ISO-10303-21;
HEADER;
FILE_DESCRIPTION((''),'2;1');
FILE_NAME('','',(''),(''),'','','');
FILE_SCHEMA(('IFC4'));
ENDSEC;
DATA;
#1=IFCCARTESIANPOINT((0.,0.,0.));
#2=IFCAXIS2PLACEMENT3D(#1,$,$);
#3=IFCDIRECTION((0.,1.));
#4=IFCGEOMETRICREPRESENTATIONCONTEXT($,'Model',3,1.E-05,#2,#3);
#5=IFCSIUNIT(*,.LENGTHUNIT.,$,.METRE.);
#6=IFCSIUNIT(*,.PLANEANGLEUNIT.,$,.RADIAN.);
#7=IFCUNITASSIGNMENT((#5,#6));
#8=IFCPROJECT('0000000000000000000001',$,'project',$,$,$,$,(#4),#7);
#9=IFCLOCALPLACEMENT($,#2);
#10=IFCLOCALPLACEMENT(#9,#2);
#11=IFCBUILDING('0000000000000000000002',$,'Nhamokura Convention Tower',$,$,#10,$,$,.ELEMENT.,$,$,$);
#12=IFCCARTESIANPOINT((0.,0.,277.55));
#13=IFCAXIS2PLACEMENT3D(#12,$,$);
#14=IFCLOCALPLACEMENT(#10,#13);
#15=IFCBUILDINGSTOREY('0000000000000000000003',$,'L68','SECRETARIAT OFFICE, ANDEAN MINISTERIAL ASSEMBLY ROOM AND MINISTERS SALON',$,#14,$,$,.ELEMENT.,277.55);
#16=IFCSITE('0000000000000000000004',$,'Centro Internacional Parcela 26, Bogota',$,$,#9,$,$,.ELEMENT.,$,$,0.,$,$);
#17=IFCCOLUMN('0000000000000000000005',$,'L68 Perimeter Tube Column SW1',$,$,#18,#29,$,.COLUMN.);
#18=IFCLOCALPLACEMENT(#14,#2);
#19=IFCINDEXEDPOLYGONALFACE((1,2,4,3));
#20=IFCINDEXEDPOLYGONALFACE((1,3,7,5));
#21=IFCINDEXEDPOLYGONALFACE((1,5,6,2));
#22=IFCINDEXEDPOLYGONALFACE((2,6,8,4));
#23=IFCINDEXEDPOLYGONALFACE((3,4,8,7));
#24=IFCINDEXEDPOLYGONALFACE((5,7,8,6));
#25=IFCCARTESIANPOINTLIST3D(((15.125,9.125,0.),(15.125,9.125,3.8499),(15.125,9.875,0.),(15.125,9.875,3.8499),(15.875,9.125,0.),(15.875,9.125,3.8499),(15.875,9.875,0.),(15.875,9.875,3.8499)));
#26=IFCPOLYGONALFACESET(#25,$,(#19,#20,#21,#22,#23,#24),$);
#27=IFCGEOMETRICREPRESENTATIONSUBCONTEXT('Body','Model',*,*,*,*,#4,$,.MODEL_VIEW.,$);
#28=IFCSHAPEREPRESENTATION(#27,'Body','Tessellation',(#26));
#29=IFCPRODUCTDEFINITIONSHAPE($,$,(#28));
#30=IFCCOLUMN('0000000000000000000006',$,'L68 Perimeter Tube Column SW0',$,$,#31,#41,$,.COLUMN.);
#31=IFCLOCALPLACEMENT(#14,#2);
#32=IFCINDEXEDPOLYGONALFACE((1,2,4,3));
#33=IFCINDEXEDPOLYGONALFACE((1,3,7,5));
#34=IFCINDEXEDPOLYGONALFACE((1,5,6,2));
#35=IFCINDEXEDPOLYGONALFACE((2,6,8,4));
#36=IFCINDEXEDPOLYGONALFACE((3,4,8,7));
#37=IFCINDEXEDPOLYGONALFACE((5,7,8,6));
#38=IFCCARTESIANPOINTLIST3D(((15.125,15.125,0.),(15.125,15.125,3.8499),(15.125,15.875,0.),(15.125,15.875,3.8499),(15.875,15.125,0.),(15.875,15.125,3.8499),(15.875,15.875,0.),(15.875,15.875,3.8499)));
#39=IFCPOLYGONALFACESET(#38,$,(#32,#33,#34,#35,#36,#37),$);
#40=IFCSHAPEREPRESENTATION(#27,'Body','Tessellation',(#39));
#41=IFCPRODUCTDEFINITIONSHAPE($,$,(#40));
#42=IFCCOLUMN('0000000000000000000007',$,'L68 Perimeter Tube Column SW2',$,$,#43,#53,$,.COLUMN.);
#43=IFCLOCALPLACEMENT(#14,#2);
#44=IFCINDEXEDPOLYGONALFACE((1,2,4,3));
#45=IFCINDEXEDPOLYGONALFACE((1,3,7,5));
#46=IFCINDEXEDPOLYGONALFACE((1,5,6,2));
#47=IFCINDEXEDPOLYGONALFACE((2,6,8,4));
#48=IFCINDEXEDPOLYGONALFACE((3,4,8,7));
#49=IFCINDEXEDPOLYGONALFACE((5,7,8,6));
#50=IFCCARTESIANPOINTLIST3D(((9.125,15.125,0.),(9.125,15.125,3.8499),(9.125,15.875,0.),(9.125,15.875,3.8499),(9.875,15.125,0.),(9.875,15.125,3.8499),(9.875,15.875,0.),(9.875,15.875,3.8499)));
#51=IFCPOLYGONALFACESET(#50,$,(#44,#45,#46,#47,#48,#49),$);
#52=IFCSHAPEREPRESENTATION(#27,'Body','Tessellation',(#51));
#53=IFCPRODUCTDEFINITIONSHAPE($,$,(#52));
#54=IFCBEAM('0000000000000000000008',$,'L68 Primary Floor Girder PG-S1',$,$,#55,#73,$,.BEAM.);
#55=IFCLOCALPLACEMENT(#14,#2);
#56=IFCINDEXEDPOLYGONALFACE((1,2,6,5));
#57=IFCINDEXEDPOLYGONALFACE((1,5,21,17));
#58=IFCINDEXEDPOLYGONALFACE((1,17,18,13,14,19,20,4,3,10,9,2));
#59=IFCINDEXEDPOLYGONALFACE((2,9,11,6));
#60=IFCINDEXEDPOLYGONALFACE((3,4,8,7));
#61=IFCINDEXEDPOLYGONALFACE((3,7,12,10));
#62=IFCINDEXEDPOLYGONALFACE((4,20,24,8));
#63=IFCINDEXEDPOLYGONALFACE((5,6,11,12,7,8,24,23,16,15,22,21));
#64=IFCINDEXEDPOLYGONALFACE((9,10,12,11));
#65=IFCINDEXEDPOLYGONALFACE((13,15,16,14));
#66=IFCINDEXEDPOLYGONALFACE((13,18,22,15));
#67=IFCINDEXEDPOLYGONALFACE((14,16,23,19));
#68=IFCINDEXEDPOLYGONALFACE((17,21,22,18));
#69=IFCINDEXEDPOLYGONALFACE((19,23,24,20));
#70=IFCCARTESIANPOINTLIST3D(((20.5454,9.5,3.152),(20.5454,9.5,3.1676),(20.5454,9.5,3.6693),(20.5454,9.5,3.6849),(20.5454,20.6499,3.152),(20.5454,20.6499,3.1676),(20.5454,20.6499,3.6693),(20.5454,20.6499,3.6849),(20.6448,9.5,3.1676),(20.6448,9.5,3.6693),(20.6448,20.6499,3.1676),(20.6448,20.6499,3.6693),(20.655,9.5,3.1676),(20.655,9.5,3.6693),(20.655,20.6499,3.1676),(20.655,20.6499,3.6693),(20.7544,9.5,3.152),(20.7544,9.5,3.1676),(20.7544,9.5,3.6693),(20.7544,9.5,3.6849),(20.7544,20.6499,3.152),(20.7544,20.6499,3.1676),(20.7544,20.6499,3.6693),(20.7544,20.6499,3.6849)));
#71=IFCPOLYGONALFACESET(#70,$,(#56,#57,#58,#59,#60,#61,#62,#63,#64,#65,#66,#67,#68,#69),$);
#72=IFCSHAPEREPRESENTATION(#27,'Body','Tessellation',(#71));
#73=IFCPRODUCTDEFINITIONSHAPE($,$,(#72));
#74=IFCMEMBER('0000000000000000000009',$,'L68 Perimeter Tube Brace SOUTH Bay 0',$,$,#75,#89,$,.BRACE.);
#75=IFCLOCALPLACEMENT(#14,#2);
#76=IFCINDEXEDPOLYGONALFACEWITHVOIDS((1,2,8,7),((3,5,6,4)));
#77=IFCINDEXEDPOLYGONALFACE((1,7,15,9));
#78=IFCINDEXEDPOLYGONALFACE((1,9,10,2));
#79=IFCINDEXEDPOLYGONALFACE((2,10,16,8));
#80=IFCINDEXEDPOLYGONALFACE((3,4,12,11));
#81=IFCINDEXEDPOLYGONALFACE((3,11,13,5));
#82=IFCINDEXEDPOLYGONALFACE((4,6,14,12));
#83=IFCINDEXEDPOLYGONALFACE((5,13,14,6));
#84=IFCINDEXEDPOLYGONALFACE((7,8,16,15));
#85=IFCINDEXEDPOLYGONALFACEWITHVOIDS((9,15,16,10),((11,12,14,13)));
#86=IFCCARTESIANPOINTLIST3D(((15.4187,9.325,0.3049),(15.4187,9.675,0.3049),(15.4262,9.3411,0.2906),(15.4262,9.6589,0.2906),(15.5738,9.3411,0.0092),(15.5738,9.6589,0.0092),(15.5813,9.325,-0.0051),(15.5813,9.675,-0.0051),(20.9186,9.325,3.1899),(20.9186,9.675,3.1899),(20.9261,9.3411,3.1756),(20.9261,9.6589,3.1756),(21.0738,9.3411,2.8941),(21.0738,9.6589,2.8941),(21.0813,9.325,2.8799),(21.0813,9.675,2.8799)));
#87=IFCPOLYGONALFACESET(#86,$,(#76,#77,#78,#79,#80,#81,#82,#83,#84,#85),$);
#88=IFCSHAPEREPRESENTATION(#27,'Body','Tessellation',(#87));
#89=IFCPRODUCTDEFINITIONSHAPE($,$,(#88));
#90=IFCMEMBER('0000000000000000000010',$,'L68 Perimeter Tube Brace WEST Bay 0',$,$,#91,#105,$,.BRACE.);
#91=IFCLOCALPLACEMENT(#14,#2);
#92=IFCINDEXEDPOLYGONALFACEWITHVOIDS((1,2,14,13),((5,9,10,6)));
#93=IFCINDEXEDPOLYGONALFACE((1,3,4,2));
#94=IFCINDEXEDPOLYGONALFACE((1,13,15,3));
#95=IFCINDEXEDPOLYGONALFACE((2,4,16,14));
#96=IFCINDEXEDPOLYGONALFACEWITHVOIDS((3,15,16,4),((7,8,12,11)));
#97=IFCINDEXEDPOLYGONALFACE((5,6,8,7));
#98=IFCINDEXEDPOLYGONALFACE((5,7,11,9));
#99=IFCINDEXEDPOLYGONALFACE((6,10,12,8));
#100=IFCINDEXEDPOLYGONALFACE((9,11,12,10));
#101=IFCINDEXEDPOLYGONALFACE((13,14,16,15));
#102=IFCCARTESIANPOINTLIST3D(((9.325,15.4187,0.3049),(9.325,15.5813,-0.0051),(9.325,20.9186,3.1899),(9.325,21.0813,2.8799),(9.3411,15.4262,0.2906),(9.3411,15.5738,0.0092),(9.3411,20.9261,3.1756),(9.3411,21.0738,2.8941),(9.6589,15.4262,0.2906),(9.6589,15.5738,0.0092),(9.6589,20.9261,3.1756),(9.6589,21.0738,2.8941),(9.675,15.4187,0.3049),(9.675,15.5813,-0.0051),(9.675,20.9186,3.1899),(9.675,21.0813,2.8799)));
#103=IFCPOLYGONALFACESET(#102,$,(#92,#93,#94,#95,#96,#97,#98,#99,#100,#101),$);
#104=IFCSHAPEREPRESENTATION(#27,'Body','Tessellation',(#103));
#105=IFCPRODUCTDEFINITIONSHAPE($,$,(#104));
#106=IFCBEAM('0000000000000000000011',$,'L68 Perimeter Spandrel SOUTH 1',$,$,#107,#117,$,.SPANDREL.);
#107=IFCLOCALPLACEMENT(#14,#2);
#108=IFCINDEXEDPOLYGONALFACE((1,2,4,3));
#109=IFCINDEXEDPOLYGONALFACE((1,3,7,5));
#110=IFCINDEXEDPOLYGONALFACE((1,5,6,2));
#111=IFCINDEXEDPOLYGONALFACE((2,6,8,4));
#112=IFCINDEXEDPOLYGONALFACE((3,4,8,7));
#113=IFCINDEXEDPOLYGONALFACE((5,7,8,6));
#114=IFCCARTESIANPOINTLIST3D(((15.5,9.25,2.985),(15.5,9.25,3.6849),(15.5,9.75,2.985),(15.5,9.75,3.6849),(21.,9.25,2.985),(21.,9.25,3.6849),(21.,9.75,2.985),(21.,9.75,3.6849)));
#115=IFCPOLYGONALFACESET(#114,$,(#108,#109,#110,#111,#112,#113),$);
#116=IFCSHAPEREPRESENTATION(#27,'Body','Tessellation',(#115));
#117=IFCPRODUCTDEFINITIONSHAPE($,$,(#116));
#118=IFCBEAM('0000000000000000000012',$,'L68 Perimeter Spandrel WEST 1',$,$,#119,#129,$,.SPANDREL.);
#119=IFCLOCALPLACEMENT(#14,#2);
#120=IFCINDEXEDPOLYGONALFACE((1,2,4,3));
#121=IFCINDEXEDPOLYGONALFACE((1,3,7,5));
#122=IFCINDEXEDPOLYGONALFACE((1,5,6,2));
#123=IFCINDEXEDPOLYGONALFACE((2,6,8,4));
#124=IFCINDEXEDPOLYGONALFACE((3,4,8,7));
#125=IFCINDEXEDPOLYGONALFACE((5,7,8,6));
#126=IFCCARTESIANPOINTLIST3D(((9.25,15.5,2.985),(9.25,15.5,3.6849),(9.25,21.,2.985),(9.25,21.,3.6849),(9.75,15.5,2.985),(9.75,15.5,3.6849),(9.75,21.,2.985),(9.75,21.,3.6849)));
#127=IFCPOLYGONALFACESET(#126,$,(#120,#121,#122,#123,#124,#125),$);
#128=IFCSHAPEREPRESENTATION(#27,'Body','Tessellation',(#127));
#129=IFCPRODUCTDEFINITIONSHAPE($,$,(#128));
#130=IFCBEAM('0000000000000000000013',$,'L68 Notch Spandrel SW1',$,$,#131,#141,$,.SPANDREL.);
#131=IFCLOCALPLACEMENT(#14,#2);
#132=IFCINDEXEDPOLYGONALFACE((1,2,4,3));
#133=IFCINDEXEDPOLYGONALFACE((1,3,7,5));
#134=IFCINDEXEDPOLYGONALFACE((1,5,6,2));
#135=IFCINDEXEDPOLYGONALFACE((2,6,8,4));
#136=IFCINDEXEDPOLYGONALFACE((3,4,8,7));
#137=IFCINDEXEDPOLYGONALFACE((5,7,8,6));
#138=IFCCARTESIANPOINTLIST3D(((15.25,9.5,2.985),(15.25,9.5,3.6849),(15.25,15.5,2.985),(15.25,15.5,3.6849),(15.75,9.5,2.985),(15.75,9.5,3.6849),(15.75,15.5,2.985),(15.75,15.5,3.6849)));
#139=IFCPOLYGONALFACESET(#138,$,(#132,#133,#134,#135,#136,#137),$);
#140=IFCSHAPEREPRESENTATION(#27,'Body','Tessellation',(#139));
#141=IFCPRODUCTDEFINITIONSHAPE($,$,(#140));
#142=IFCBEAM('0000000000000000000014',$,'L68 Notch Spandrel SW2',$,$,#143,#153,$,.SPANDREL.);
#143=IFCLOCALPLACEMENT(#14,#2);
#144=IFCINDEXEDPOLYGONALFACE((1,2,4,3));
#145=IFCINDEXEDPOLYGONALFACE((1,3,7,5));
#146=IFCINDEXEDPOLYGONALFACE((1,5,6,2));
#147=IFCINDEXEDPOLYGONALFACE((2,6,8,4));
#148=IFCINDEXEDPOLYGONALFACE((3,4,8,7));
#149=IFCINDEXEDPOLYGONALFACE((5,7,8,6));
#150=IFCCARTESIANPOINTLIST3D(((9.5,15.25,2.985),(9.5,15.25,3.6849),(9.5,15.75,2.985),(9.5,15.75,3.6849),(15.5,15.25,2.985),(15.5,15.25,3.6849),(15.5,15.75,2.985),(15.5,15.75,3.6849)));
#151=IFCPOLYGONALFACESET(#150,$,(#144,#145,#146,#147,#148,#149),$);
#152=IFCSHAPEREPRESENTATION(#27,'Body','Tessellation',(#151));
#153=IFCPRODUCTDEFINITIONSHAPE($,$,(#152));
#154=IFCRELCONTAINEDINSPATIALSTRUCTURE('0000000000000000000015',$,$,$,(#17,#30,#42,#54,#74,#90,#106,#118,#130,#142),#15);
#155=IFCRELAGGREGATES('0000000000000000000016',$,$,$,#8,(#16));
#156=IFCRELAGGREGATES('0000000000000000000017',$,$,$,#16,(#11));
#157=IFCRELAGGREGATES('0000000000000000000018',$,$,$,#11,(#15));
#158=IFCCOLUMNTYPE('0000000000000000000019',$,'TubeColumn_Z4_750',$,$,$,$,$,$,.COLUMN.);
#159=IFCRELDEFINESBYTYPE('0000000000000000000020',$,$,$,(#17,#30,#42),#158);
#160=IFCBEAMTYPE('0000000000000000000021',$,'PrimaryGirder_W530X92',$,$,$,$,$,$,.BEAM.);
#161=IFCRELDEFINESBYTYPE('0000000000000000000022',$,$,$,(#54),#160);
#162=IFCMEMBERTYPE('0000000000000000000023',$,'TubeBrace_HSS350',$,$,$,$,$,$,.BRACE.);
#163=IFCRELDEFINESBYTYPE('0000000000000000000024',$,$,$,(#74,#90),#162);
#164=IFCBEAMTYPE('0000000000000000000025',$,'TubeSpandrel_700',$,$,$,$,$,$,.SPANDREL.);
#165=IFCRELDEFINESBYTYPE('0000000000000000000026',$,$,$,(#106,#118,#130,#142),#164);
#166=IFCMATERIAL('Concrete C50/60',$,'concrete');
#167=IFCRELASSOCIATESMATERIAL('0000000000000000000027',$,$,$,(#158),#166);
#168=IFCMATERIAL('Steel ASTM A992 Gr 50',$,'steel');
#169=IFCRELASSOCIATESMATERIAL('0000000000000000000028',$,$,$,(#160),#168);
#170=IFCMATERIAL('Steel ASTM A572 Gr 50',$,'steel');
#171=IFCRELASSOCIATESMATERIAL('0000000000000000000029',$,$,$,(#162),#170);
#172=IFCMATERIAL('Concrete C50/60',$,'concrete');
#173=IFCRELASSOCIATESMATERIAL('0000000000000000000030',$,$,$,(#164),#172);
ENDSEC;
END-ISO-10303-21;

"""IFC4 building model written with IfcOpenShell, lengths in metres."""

from ifc_helpers import new_model, si_unit, direction, frame, origin, origin_2d, place, context, subcontext, project, spatial, rectangle, hollow_rectangle, i_section, extrude, material, material_profile, profile_set, type_object, element, save


model = new_model("IFC4")

# Units and contexts
model_context = context("Model", 3, precision=1e-05, world=origin(), true_north=direction((0.0, 1.0)))
body_context = subcontext(model_context, "Body", "Model", "MODEL_VIEW")
ifc_project = project(units=[si_unit("LENGTHUNIT", "METRE"), si_unit("PLANEANGLEUNIT", "RADIAN")], contexts=[model_context])

# Site, building, storey
site_placement = place(None, origin())
site = spatial("IfcSite", under=ifc_project, at=site_placement, Name="Centro Internacional Parcela 26, Bogota", CompositionType="ELEMENT", RefElevation=0.0)
building_placement = place(site_placement, origin())
building = spatial("IfcBuilding", under=site, at=building_placement, Name="Nhamokura Convention Tower", CompositionType="ELEMENT")
storey_placement = place(building_placement, frame((0.0, 0.0, 277.55)))
storey = spatial("IfcBuildingStorey", under=building, at=storey_placement, Name="L68", Description="SECRETARIAT OFFICE, ANDEAN MINISTERIAL ASSEMBLY ROOM AND MINISTERS SALON", CompositionType="ELEMENT", Elevation=277.55)

# Columns
ifc_material_1 = material(Name="Concrete C50/60", Category="concrete")
ifc_material_profile_1 = material_profile(ifc_material_1, rectangle(XDim=0.75, YDim=0.75, at=origin_2d()))
ifc_profile_set_1 = profile_set([ifc_material_profile_1], Name="Concrete C50/60")
column_type = type_object("IfcColumnType", Name="TubeColumn_Z4_750", PredefinedType="COLUMN", material=ifc_profile_set_1)
for number, where, z_axis, x_axis, name in (
    (1, (15.5, 9.5, 0.0), (0.0, 0.0, 1.0), (1.0, 0.0, 0.0), "L68 Perimeter Tube Column SW1"),
    (2, (15.5, 15.5, 0.0), (0.0, 0.0, 1.0), (1.0, 0.0, 0.0), "L68 Perimeter Tube Column SW0"),
    (3, (9.5, 15.5, 0.0), (0.0, 0.0, 1.0), (1.0, 0.0, 0.0), "L68 Perimeter Tube Column SW2"),
):
    element("IfcColumn", number, at=place(storey_placement, frame(where, z_axis=z_axis, x_axis=x_axis)), inside=storey, type_object=column_type, Name=name, PredefinedType="COLUMN", context=body_context, shape_type="SweptSolid", body=[
        extrude(rectangle(XDim=0.75, YDim=0.75, at=origin_2d()), origin(), (0.0, 0.0, 1.0), 3.8499),
    ])

# Beam
ifc_material_2 = material(Name="Steel ASTM A992 Gr 50", Category="steel")
ifc_material_profile_2 = material_profile(ifc_material_2, i_section(OverallWidth=0.209, OverallDepth=0.533, WebThickness=0.0103, FlangeThickness=0.0156, at=origin_2d()))
ifc_profile_set_2 = profile_set([ifc_material_profile_2], Name="Steel ASTM A992 Gr 50")
beam_type_1 = type_object("IfcBeamType", Name="PrimaryGirder_W530X92", PredefinedType="BEAM", material=ifc_profile_set_2)
beam_placement = place(storey_placement, frame((20.6499, 9.5, 3.4185), z_axis=(0.0, 1.0, 0.0), x_axis=(-1.0, 0.0, 0.0)))
element("IfcBeam", 4, at=beam_placement, inside=storey, type_object=beam_type_1, Name="L68 Primary Floor Girder PG-S1", PredefinedType="BEAM", context=body_context, shape_type="SweptSolid", body=[
    extrude(i_section(OverallWidth=0.209, OverallDepth=0.533, WebThickness=0.0103, FlangeThickness=0.0156, at=origin_2d()), origin(), (0.0, 0.0, 1.0), 11.1499),
])

# Members
ifc_material_3 = material(Name="Steel ASTM A572 Gr 50", Category="steel")
ifc_material_profile_3 = material_profile(ifc_material_3, hollow_rectangle(XDim=0.3501, YDim=0.3501, WallThickness=0.0161, at=origin_2d()))
ifc_profile_set_3 = profile_set([ifc_material_profile_3], Name="Steel ASTM A572 Gr 50")
member_type = type_object("IfcMemberType", Name="TubeBrace_HSS350", PredefinedType="BRACE", material=ifc_profile_set_3)
for number, where, z_axis, x_axis, name in (
    (5, (15.5, 9.5, 0.1499), (0.885563, 0.0, 0.46452), (0.0, 1.0, 0.0), "L68 Perimeter Tube Brace SOUTH Bay 0"),
    (6, (9.5, 15.5, 0.1499), (0.0, 0.885563, 0.46452), (-1.0, 0.0, 0.0), "L68 Perimeter Tube Brace WEST Bay 0"),
):
    element("IfcMember", number, at=place(storey_placement, frame(where, z_axis=z_axis, x_axis=x_axis)), inside=storey, type_object=member_type, Name=name, PredefinedType="BRACE", context=body_context, shape_type="SweptSolid", body=[
        extrude(hollow_rectangle(XDim=0.3501, YDim=0.3501, WallThickness=0.0161, at=origin_2d()), origin(), (0.0, 0.0, 1.0), 6.2107),
    ])

# Beams
ifc_material_4 = material(Name="Concrete C50/60", Category="concrete")
ifc_material_profile_4 = material_profile(ifc_material_4, rectangle(XDim=0.5, YDim=0.7, at=origin_2d()))
ifc_profile_set_4 = profile_set([ifc_material_profile_4], Name="Concrete C50/60")
beam_type_2 = type_object("IfcBeamType", Name="TubeSpandrel_700", PredefinedType="SPANDREL", material=ifc_profile_set_4)
for number, where, z_axis, x_axis, name in (
    (7, (15.5, 9.5, 3.335), (1.0, 0.0, 0.0), (0.0, 1.0, 0.0), "L68 Perimeter Spandrel SOUTH 1"),
    (8, (9.5, 15.5, 3.335), (0.0, 1.0, 0.0), (-1.0, 0.0, 0.0), "L68 Perimeter Spandrel WEST 1"),
):
    element("IfcBeam", number, at=place(storey_placement, frame(where, z_axis=z_axis, x_axis=x_axis)), inside=storey, type_object=beam_type_2, Name=name, PredefinedType="SPANDREL", context=body_context, shape_type="SweptSolid", body=[
        extrude(rectangle(XDim=0.5, YDim=0.7, at=origin_2d()), origin(), (0.0, 0.0, 1.0), 5.5),
    ])
for number, where, z_axis, x_axis, name in (
    (9, (15.5, 9.5, 3.335), (0.0, 1.0, 0.0), (-1.0, 0.0, 0.0), "L68 Notch Spandrel SW1"),
    (10, (15.5, 15.5, 3.335), (-1.0, 0.0, 0.0), (0.0, -1.0, 0.0), "L68 Notch Spandrel SW2"),
):
    element("IfcBeam", number, at=place(storey_placement, frame(where, z_axis=z_axis, x_axis=x_axis)), inside=storey, type_object=beam_type_2, Name=name, PredefinedType="SPANDREL", context=body_context, shape_type="SweptSolid", body=[
        extrude(rectangle(XDim=0.5, YDim=0.7, at=origin_2d()), origin(), (0.0, 0.0, 1.0), 6.0),
    ])

save(model, "model.ifc")
